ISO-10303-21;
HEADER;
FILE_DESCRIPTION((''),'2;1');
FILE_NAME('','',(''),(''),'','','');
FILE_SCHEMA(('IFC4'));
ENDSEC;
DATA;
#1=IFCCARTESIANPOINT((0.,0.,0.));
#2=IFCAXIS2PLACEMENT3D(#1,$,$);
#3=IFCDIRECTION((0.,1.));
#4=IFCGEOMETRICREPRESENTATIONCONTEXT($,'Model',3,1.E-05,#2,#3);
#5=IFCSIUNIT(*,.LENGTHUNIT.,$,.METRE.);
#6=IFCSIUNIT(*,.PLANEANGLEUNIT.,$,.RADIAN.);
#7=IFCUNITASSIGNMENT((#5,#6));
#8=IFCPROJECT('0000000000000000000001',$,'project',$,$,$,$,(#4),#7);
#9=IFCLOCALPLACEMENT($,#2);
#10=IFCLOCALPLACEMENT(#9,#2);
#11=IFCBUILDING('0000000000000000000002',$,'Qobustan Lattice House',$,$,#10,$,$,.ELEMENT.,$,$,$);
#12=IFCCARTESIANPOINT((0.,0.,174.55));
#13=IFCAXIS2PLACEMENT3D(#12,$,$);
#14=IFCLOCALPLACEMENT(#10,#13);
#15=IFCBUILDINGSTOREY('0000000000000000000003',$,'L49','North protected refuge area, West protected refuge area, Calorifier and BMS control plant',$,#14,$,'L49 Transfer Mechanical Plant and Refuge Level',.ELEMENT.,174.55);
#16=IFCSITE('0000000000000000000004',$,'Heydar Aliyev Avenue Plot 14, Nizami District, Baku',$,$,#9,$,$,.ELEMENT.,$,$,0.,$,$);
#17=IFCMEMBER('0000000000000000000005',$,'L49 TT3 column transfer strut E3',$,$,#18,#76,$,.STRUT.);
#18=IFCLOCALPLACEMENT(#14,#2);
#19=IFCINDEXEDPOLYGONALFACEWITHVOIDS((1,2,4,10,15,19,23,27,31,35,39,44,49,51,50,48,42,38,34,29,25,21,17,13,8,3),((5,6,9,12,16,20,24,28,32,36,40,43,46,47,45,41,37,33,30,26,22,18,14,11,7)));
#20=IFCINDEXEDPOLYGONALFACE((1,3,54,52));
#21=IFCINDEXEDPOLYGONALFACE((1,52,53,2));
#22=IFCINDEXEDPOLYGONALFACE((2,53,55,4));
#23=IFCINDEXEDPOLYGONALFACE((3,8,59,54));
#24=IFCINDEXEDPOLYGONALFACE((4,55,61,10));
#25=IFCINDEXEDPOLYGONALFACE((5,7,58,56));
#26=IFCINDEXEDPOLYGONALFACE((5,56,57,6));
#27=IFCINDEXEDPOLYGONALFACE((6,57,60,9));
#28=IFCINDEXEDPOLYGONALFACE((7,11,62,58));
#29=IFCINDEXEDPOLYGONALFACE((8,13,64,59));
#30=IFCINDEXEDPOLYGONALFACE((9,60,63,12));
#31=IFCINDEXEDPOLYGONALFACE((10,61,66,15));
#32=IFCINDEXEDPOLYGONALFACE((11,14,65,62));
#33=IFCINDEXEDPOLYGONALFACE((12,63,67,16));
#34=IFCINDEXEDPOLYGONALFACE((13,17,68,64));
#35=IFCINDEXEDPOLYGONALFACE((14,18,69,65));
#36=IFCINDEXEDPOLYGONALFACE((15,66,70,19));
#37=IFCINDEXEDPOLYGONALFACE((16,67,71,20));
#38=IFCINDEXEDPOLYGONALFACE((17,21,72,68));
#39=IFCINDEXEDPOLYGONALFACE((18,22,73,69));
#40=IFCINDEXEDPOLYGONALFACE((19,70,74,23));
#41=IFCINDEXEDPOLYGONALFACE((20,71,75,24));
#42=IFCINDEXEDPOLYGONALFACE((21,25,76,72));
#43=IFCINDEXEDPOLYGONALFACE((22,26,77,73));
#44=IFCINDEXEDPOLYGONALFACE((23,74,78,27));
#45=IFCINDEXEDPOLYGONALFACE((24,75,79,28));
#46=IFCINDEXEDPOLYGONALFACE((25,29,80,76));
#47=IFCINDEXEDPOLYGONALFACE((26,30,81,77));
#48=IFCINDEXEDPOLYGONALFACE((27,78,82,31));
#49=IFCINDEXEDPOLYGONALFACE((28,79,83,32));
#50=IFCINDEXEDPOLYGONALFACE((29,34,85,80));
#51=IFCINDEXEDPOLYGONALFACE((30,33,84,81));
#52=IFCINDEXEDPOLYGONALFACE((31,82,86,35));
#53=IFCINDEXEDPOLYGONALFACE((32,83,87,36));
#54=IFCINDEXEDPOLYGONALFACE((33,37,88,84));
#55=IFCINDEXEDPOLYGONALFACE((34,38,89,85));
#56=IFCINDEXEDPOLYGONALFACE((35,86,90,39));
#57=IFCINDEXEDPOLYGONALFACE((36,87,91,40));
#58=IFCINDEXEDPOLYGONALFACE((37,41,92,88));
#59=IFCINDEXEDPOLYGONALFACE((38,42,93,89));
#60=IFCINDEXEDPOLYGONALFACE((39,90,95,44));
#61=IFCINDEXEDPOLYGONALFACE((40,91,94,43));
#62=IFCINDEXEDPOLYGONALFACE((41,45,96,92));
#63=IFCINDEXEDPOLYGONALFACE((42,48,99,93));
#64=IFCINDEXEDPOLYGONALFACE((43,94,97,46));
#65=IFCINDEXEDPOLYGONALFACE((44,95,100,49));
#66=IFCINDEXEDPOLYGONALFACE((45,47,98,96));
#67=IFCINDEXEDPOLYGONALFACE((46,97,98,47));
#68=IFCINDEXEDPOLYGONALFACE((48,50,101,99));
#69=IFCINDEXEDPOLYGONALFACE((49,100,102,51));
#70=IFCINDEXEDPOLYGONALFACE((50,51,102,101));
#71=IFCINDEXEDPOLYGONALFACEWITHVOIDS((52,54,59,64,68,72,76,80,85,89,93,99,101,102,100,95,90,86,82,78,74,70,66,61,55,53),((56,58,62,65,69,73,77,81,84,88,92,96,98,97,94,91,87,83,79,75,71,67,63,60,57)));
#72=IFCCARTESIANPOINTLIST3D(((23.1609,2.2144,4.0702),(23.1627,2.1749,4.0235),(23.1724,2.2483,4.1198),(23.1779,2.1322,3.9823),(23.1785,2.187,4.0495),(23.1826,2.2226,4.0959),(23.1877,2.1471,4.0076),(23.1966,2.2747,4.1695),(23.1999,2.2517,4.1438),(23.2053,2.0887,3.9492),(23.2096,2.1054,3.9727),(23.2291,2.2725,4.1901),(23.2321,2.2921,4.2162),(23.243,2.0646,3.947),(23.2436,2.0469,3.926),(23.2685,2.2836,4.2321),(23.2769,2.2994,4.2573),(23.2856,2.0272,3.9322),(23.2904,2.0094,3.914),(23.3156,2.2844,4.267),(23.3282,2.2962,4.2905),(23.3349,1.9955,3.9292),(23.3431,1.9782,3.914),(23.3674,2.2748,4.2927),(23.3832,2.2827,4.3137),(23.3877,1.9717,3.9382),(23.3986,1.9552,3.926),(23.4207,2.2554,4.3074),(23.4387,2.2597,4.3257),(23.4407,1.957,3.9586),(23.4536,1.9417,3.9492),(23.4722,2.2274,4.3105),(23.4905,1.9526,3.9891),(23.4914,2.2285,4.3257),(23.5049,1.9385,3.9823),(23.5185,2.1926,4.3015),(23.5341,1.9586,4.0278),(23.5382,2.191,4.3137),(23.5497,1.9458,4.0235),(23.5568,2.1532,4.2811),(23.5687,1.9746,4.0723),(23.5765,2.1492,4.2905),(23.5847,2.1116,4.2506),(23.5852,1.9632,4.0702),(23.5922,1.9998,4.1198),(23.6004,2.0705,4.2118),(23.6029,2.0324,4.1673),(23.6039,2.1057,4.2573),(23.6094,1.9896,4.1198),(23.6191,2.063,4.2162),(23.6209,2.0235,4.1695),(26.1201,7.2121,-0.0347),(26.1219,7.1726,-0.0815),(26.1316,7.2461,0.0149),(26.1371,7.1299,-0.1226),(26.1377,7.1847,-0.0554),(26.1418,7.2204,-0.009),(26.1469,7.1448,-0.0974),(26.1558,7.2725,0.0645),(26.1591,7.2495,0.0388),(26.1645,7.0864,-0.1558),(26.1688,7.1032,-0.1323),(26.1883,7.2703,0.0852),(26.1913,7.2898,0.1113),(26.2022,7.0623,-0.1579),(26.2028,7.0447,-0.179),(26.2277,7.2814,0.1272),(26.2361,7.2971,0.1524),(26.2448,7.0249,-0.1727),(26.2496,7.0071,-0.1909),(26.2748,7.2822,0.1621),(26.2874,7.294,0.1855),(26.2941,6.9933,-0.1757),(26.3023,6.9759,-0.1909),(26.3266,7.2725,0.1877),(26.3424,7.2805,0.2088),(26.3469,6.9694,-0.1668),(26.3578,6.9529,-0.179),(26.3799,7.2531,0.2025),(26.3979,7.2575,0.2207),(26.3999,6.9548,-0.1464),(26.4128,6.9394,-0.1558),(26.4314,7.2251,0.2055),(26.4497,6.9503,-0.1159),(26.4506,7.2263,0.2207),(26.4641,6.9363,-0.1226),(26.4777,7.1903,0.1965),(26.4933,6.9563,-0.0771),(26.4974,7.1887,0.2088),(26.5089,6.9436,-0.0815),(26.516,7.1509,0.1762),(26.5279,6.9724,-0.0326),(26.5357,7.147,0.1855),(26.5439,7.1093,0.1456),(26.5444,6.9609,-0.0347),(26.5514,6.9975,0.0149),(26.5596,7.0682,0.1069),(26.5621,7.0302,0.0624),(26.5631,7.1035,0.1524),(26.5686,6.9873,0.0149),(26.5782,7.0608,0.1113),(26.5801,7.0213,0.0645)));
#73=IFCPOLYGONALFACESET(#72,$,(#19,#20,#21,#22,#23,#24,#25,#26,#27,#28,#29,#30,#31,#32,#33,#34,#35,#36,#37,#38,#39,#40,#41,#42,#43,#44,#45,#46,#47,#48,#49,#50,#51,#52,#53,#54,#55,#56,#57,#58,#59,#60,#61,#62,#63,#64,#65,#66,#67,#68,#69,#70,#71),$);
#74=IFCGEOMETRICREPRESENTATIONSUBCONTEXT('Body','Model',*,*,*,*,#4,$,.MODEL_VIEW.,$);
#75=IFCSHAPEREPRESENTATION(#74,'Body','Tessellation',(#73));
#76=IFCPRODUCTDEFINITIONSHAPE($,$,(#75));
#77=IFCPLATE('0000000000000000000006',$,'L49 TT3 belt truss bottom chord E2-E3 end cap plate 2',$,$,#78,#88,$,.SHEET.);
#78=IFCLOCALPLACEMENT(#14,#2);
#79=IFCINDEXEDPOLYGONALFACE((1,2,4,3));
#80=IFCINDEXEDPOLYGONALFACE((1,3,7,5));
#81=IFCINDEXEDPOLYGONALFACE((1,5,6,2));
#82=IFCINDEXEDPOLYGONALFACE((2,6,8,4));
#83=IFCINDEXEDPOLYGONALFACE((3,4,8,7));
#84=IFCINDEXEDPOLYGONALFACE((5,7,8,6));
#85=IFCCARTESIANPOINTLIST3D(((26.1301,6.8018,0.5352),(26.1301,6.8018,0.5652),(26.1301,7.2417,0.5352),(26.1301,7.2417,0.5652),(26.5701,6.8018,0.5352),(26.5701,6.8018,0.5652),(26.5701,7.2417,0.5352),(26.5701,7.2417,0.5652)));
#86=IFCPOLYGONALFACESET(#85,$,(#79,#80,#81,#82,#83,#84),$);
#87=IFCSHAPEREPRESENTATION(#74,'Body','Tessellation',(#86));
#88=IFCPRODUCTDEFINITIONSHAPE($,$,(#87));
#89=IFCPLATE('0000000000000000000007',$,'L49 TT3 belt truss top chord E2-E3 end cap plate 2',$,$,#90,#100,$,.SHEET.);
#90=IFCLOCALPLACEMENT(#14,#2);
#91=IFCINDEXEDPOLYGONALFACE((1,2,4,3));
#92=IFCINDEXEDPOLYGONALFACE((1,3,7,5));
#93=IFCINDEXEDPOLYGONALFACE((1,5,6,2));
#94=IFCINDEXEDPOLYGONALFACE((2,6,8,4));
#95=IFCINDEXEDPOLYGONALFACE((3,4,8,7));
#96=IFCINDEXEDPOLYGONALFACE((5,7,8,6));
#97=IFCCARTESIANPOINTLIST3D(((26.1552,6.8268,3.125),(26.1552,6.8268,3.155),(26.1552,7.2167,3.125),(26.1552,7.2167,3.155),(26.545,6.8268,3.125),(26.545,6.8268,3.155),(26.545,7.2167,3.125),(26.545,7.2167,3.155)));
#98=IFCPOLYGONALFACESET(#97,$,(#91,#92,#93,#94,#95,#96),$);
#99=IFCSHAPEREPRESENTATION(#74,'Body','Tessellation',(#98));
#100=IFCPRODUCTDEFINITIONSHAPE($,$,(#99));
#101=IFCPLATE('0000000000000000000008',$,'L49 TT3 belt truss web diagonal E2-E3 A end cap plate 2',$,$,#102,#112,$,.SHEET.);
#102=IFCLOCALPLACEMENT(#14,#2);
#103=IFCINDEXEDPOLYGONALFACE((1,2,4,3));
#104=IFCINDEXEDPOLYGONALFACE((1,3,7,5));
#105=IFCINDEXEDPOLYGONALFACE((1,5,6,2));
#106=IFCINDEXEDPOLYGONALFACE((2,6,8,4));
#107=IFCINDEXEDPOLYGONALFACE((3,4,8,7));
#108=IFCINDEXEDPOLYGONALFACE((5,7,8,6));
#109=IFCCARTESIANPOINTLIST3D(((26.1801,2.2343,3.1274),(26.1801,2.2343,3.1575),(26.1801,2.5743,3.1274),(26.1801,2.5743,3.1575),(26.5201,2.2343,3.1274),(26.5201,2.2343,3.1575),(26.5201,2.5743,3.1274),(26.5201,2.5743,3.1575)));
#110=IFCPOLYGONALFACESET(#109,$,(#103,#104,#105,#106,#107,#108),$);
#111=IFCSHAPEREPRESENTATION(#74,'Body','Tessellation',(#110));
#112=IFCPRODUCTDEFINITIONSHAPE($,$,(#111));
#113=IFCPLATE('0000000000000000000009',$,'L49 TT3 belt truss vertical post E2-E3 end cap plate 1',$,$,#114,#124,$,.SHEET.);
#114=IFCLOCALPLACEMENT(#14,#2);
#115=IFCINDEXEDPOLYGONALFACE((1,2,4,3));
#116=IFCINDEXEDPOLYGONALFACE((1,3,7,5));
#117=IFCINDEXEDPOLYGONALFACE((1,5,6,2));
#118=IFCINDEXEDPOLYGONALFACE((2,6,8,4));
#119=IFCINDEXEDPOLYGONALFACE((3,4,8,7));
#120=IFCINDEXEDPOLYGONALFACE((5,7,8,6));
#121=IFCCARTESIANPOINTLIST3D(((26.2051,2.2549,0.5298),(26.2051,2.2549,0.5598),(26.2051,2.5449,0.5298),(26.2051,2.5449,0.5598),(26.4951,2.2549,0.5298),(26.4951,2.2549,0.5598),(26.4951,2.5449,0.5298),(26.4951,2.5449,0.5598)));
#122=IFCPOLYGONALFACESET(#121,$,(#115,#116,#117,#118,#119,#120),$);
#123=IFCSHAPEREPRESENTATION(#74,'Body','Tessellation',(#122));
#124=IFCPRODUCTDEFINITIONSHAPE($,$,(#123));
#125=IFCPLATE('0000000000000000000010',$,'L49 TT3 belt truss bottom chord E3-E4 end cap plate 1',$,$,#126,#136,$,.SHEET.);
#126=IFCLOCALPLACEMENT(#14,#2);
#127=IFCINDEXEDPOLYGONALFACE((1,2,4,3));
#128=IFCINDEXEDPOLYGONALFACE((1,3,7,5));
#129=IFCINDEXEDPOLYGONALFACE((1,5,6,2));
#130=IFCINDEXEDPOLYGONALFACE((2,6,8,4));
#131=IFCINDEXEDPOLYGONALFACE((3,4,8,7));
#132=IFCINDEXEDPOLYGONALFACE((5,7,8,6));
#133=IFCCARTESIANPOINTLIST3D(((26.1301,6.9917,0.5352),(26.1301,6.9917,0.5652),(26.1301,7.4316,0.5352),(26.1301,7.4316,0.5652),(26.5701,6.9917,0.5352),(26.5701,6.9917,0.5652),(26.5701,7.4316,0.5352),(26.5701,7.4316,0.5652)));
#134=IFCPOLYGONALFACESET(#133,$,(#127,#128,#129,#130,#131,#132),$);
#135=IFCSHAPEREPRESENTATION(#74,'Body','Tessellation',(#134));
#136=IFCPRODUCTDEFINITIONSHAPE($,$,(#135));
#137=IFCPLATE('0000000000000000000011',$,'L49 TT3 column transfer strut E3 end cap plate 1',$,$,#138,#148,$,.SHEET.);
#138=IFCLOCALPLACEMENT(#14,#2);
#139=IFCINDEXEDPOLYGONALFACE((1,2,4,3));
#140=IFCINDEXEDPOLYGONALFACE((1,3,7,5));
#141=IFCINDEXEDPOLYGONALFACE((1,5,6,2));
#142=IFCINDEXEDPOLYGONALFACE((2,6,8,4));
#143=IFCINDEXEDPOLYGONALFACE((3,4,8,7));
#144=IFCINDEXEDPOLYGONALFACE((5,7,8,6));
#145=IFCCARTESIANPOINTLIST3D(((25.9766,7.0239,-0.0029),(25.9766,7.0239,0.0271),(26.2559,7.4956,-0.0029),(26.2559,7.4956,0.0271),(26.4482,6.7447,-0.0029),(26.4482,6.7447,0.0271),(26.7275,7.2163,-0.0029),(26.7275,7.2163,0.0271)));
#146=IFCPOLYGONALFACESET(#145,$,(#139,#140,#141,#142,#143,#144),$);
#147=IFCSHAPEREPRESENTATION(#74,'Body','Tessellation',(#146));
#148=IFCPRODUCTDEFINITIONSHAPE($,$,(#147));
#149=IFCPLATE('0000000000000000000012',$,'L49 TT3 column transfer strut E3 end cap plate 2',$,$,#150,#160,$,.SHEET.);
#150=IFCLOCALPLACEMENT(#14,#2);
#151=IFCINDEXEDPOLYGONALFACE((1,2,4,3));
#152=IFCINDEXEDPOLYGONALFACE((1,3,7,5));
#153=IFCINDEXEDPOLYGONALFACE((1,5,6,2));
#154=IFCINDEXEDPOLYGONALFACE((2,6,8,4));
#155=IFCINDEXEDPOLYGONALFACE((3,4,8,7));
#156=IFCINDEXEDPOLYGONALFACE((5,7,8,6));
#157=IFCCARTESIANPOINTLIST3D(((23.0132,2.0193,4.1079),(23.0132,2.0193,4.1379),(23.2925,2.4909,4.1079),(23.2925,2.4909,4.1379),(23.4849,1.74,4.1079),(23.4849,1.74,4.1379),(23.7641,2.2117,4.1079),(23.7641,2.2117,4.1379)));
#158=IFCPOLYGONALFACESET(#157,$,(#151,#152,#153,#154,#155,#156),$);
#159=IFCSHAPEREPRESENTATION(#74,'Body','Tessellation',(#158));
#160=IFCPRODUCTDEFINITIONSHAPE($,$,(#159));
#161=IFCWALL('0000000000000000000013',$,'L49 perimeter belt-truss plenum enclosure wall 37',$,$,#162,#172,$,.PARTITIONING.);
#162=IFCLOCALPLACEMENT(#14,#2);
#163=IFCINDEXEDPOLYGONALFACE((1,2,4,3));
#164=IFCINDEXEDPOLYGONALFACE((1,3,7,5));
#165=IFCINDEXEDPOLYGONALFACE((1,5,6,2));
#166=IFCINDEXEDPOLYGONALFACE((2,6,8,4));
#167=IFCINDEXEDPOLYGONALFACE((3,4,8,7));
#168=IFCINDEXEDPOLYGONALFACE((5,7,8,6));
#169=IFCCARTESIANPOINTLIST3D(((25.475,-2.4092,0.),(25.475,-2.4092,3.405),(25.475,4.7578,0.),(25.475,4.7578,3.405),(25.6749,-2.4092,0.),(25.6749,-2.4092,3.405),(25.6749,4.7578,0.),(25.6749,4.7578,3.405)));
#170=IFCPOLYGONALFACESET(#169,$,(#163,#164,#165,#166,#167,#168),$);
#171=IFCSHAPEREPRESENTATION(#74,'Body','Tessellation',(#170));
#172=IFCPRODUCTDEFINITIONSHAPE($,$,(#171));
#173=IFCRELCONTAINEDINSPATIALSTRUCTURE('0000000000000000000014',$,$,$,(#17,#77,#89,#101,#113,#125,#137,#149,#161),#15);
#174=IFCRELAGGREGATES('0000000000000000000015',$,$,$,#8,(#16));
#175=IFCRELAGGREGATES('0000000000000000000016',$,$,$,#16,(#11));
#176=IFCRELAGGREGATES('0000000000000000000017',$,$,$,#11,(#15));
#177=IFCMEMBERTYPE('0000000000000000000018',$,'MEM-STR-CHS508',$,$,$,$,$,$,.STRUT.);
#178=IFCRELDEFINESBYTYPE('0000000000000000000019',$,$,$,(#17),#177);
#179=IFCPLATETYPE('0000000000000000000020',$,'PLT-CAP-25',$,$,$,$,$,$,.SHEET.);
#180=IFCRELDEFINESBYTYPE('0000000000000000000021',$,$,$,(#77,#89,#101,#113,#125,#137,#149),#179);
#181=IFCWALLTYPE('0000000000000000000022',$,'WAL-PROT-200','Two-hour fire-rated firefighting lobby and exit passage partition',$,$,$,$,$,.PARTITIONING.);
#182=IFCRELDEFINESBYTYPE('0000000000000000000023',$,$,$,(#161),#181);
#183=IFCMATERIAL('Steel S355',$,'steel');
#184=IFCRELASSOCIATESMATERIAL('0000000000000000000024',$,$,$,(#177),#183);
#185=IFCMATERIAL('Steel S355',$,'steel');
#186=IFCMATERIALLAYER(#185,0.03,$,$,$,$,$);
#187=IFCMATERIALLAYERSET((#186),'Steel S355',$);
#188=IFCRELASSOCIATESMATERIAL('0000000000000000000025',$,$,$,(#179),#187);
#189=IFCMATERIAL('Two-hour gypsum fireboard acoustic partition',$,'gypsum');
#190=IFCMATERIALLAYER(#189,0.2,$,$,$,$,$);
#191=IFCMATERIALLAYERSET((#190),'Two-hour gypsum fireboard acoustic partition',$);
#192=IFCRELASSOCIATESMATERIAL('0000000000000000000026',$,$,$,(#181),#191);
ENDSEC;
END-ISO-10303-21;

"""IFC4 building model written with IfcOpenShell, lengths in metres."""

from ifc_helpers import new_model, si_unit, direction, frame, frame_2d, origin, origin_2d, place, context, subcontext, project, spatial, rectangle, hollow_circle, extrude, material, layer, layer_set, material_profile, profile_set, type_object, element, save


model = new_model("IFC4")

# Units and contexts
model_context = context("Model", 3, precision=1e-05, world=origin(), true_north=direction((0.0, 1.0)))
body_context = subcontext(model_context, "Body", "Model", "MODEL_VIEW")
ifc_project = project(units=[si_unit("LENGTHUNIT", "METRE"), si_unit("PLANEANGLEUNIT", "RADIAN")], contexts=[model_context])

# Site, building, storey
site_placement = place(None, origin())
site = spatial("IfcSite", under=ifc_project, at=site_placement, Name="Heydar Aliyev Avenue Plot 14, Nizami District, Baku", CompositionType="ELEMENT", RefElevation=0.0)
building_placement = place(site_placement, origin())
building = spatial("IfcBuilding", under=site, at=building_placement, Name="Qobustan Lattice House", CompositionType="ELEMENT")
storey_placement = place(building_placement, frame((0.0, 0.0, 174.55)))
storey = spatial("IfcBuildingStorey", under=building, at=storey_placement, Name="L49", Description="North protected refuge area, West protected refuge area, Calorifier and BMS control plant", LongName="L49 Transfer Mechanical Plant and Refuge Level", CompositionType="ELEMENT", Elevation=174.55)

# Member
ifc_material_1 = material(Name="Steel S355", Category="steel")
ifc_material_profile_1 = material_profile(ifc_material_1, hollow_circle(Radius=0.2539, WallThickness=0.02, at=origin_2d()), Name="CHS508x20")
ifc_profile_set_1 = profile_set([ifc_material_profile_1], Name="Steel S355")
member_type_1 = type_object("IfcMemberType", Name="MEM-STR-CHS508", PredefinedType="STRUT", material=ifc_profile_set_1)
member_1_placement = place(storey_placement, frame((26.3501, 7.1167, 0.0149), z_axis=(-0.416067, -0.702691, 0.57716), x_axis=(0.860475, -0.509492, 0.0)))
element("IfcMember", 1, at=member_1_placement, inside=storey, type_object=member_type_1, Name="L49 TT3 column transfer strut E3", PredefinedType="STRUT", context=body_context, shape_type="SweptSolid", body=[
    extrude(hollow_circle(Radius=0.2539, WallThickness=0.02, at=origin_2d()), origin(), (0.0, 0.0, 1.0), 7.1123),
])

# Plates
ifc_material_2 = material(Name="Steel S355", Category="steel")
ifc_layer_1 = layer(ifc_material_2, 0.03)
ifc_layer_set_1 = layer_set([ifc_layer_1], Name="Steel S355")
plate_type = type_object("IfcPlateType", Name="PLT-CAP-25", PredefinedType="SHEET", material=ifc_layer_set_1)
plate_1_placement = place(storey_placement, frame((26.3501, 7.0217, 0.5352), z_axis=(0.0, 0.0, 1.0), x_axis=(0.0, 1.0, 0.0)))
element("IfcPlate", 2, at=plate_1_placement, inside=storey, type_object=plate_type, Name="L49 TT3 belt truss bottom chord E2-E3 end cap plate 2", PredefinedType="SHEET", context=body_context, shape_type="SweptSolid", body=[
    extrude(rectangle(XDim=0.4399, YDim=0.4399, at=origin_2d()), origin(), (0.0, 0.0, 1.0), 0.03),
])
plate_2_placement = place(storey_placement, frame((26.3501, 7.0217, 3.125), z_axis=(0.0, 0.0, 1.0), x_axis=(0.0, 1.0, 0.0)))
element("IfcPlate", 3, at=plate_2_placement, inside=storey, type_object=plate_type, Name="L49 TT3 belt truss top chord E2-E3 end cap plate 2", PredefinedType="SHEET", context=body_context, shape_type="SweptSolid", body=[
    extrude(rectangle(XDim=0.3899, YDim=0.3899, at=origin_2d()), origin(), (0.0, 0.0, 1.0), 0.03),
])
plate_3_placement = place(storey_placement, frame((26.3501, 2.4043, 3.1274), z_axis=(0.0, 0.0, 1.0), x_axis=(0.0, 1.0, 0.0)))
element("IfcPlate", 4, at=plate_3_placement, inside=storey, type_object=plate_type, Name="L49 TT3 belt truss web diagonal E2-E3 A end cap plate 2", PredefinedType="SHEET", context=body_context, shape_type="SweptSolid", body=[
    extrude(rectangle(XDim=0.3401, YDim=0.3401, at=origin_2d()), origin(), (0.0, 0.0, 1.0), 0.03),
])
plate_4_placement = place(storey_placement, frame((26.3501, 2.3999, 0.5298), z_axis=(0.0, 0.0, 1.0), x_axis=(1.0, 0.0, 0.0)))
element("IfcPlate", 5, at=plate_4_placement, inside=storey, type_object=plate_type, Name="L49 TT3 belt truss vertical post E2-E3 end cap plate 1", PredefinedType="SHEET", context=body_context, shape_type="SweptSolid", body=[
    extrude(rectangle(XDim=0.29, YDim=0.29, at=origin_2d()), origin(), (0.0, 0.0, 1.0), 0.03),
])
plate_5_placement = place(storey_placement, frame((26.3501, 7.2117, 0.5352), z_axis=(0.0, 0.0, 1.0), x_axis=(0.0, 1.0, 0.0)))
element("IfcPlate", 6, at=plate_5_placement, inside=storey, type_object=plate_type, Name="L49 TT3 belt truss bottom chord E3-E4 end cap plate 1", PredefinedType="SHEET", context=body_context, shape_type="SweptSolid", body=[
    extrude(rectangle(XDim=0.4399, YDim=0.4399, at=origin_2d()), origin(), (0.0, 0.0, 1.0), 0.03),
])
for number, where, z_axis, x_axis, name in (
    (7, (26.3521, 7.1201, -0.0029), (0.0, 0.0, 1.0), (-0.509492, -0.860475, 0.0), "L49 TT3 column transfer strut E3 end cap plate 1"),
    (8, (23.3887, 2.1155, 4.1079), (0.0, 0.0, 1.0), (-0.509492, -0.860475, 0.0), "L49 TT3 column transfer strut E3 end cap plate 2"),
):
    element("IfcPlate", number, at=place(storey_placement, frame(where, z_axis=z_axis, x_axis=x_axis)), inside=storey, type_object=plate_type, Name=name, PredefinedType="SHEET", context=body_context, shape_type="SweptSolid", body=[
        extrude(rectangle(XDim=0.5481, YDim=0.5481, at=origin_2d()), origin(), (0.0, 0.0, 1.0), 0.03),
    ])

# Wall
ifc_material_3 = material(Name="Two-hour gypsum fireboard acoustic partition", Category="gypsum")
ifc_layer_2 = layer(ifc_material_3, 0.2)
ifc_layer_set_2 = layer_set([ifc_layer_2], Name="Two-hour gypsum fireboard acoustic partition")
wall_type = type_object("IfcWallType", Name="WAL-PROT-200", Description="Two-hour fire-rated firefighting lobby and exit passage partition", PredefinedType="PARTITIONING", material=ifc_layer_set_2)
wall_1_placement = place(storey_placement, frame((25.575, 4.7578, 0.0), z_axis=(0.0, 0.0, 1.0), x_axis=(0.0, -1.0, 0.0)))
element("IfcWall", 9, at=wall_1_placement, inside=storey, type_object=wall_type, Name="L49 perimeter belt-truss plenum enclosure wall 37", PredefinedType="PARTITIONING", context=body_context, shape_type="SweptSolid", body=[
    extrude(rectangle(XDim=7.167, YDim=0.2, at=frame_2d((3.5835, 0.0))), origin(), (0.0, 0.0, 1.0), 3.405),
])

save(model, "model.ifc")
